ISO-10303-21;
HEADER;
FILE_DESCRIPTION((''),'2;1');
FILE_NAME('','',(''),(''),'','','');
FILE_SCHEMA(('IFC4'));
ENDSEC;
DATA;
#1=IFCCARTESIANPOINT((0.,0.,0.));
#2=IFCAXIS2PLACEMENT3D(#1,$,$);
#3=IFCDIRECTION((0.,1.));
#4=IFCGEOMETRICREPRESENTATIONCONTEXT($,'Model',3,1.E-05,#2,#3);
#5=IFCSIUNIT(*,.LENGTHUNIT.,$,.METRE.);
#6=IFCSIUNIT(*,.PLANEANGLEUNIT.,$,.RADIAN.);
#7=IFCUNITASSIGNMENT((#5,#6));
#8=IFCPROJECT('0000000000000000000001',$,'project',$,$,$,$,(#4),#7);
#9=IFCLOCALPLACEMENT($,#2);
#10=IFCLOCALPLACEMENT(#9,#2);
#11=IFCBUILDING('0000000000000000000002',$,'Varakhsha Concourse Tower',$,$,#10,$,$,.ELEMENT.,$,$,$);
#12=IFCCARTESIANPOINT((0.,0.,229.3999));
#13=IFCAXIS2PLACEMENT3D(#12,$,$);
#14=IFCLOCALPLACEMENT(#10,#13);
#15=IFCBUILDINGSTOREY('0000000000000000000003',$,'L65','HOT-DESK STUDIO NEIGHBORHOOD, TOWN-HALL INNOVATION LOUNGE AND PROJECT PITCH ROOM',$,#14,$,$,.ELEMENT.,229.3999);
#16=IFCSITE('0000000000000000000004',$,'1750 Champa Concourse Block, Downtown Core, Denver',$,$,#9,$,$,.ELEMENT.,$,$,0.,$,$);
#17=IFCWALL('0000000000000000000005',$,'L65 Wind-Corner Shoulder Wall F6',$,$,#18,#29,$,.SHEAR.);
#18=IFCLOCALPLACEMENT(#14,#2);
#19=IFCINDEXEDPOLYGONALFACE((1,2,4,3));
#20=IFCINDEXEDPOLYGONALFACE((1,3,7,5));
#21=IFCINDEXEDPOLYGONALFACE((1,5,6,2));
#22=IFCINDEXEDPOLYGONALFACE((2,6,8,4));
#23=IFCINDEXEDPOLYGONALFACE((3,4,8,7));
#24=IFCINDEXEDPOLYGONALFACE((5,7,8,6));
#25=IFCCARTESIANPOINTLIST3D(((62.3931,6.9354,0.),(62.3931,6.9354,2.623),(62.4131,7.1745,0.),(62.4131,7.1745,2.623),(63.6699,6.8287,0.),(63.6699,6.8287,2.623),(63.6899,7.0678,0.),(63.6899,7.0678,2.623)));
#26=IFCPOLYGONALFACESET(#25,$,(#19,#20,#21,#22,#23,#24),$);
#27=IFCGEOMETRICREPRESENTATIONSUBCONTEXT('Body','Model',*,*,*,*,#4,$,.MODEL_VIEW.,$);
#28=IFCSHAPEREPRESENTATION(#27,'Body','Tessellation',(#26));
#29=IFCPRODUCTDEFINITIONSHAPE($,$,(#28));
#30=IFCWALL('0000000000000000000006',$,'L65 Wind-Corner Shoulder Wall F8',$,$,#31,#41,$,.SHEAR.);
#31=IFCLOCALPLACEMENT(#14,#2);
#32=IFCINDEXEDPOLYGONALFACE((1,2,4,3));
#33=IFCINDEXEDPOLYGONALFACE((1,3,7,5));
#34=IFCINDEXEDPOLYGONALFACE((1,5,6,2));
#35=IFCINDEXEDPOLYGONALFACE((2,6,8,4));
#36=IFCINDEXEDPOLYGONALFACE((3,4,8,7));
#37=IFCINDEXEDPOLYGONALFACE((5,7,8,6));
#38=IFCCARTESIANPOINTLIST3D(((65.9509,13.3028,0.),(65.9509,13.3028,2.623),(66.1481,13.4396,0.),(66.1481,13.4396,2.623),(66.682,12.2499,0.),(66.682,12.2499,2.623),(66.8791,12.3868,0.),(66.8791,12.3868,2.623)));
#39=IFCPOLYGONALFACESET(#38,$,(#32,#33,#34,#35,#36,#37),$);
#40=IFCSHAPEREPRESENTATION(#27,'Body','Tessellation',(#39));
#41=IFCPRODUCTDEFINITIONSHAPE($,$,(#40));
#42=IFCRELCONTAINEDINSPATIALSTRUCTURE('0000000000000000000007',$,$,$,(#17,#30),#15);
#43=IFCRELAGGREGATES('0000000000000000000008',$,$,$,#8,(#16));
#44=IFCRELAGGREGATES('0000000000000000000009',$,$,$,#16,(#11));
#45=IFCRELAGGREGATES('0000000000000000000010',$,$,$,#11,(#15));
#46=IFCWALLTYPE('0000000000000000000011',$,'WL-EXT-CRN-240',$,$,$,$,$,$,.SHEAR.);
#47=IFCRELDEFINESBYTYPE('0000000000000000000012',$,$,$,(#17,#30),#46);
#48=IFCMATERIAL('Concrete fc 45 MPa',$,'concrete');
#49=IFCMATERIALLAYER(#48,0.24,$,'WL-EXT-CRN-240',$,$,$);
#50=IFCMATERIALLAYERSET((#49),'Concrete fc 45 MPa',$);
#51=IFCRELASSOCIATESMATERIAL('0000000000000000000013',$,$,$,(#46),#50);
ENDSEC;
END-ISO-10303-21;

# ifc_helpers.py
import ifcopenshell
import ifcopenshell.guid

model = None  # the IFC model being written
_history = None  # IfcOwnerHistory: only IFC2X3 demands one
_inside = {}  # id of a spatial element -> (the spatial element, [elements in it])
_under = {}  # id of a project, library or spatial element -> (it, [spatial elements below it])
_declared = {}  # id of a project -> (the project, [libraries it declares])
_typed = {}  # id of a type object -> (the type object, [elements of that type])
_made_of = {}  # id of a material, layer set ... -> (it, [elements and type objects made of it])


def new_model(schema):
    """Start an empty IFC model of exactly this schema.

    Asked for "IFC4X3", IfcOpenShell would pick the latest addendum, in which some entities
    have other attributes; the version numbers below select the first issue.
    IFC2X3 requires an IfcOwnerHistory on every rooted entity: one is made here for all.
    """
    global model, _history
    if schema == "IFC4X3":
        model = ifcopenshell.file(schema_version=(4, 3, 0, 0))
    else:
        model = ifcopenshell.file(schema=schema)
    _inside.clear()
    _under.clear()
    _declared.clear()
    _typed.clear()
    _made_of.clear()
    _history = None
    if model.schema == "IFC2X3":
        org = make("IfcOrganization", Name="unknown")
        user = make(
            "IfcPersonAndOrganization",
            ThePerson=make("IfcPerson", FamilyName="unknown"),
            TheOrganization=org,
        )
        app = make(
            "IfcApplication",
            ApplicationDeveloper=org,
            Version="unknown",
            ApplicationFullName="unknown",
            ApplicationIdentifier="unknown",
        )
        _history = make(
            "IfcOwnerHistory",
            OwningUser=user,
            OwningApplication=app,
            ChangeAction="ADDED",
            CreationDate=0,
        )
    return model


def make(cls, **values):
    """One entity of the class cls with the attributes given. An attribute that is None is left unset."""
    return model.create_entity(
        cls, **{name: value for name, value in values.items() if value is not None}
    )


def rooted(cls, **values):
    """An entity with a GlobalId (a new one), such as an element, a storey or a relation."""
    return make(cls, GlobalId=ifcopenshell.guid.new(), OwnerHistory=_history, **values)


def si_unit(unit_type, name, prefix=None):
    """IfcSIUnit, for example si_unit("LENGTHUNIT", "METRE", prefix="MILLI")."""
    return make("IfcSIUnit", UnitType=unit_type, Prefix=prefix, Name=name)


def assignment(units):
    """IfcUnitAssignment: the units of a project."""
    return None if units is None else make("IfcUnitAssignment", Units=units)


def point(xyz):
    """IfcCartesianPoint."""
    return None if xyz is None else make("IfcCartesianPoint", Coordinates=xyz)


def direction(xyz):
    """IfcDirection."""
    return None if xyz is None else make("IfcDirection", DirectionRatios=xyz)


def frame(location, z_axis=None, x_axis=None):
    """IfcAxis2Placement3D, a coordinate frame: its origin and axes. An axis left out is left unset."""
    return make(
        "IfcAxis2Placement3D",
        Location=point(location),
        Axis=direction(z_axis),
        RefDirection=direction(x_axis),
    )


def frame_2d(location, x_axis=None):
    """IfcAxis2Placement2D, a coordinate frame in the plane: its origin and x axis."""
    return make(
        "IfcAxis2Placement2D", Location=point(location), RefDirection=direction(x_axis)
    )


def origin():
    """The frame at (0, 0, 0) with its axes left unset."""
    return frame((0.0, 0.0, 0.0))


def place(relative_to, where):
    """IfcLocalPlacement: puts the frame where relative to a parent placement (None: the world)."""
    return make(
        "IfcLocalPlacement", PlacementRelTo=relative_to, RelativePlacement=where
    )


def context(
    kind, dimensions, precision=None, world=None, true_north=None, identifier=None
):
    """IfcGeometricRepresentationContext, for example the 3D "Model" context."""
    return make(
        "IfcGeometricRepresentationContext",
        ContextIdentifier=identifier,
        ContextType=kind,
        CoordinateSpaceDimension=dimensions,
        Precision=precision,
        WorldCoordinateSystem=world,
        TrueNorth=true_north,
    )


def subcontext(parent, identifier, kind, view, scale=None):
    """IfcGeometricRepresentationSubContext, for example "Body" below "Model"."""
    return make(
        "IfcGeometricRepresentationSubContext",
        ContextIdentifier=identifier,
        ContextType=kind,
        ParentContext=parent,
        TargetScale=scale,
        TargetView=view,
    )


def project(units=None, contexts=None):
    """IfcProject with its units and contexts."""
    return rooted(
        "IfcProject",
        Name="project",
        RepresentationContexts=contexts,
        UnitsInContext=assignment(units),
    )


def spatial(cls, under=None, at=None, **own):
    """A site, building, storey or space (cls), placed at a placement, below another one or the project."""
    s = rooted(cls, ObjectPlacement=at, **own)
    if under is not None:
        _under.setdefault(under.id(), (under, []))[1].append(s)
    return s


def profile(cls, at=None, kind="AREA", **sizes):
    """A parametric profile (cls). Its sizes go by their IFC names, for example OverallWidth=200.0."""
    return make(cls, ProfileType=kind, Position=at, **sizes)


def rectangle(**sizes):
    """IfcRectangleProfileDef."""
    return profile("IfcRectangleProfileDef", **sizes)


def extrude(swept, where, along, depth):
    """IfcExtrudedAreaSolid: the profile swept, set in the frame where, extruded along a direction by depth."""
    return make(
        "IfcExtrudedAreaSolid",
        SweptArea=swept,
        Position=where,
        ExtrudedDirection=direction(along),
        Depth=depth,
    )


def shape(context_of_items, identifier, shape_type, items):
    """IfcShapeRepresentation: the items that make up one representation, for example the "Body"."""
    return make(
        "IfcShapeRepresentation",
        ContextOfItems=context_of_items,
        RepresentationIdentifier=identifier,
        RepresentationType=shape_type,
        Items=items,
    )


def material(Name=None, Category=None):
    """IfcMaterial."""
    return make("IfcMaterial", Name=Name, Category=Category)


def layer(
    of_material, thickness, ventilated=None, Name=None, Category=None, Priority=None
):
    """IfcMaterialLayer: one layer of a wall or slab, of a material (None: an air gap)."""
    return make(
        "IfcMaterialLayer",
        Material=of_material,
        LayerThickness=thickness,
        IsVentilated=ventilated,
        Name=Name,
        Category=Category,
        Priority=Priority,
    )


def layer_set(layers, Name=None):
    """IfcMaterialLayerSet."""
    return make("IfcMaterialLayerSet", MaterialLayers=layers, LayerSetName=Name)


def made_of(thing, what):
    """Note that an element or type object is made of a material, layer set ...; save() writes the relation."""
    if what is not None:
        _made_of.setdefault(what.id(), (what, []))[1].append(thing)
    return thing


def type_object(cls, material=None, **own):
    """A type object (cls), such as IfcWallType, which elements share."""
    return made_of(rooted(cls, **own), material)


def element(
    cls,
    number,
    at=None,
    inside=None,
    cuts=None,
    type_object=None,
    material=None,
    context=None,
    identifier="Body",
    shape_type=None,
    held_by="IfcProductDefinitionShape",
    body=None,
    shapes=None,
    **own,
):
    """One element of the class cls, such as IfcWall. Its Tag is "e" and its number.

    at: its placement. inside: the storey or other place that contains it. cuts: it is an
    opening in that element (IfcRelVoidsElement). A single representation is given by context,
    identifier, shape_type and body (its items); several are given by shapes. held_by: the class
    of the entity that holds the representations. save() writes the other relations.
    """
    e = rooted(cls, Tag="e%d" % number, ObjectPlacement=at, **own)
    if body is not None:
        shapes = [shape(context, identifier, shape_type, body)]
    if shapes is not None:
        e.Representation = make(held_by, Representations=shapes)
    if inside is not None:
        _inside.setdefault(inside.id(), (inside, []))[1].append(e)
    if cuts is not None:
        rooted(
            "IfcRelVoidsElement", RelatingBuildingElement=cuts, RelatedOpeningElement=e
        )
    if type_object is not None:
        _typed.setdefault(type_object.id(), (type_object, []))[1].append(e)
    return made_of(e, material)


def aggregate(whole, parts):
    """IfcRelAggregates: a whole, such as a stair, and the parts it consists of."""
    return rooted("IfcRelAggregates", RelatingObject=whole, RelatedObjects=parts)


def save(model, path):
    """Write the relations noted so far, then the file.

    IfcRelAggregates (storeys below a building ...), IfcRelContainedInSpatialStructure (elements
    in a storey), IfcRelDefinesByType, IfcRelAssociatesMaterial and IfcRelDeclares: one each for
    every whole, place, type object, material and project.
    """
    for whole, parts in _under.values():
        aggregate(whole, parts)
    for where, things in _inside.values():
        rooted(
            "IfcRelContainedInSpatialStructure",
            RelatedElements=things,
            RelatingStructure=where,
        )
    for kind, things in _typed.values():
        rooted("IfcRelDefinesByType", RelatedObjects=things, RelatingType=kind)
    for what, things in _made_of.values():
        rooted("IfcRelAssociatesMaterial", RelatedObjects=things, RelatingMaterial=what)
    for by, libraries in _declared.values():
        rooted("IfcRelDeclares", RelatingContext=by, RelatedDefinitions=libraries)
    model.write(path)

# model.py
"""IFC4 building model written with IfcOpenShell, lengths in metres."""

from ifc_helpers import new_model, si_unit, direction, frame, frame_2d, origin, place, context, subcontext, project, spatial, rectangle, extrude, material, layer, layer_set, type_object, element, save


model = new_model("IFC4")

# Units and contexts
model_context = context("Model", 3, precision=1e-05, world=origin(), true_north=direction((0.0, 1.0)))
body_context = subcontext(model_context, "Body", "Model", "MODEL_VIEW")
ifc_project = project(units=[si_unit("LENGTHUNIT", "METRE"), si_unit("PLANEANGLEUNIT", "RADIAN")], contexts=[model_context])

# Site, building, storey
site_placement = place(None, origin())
site = spatial("IfcSite", under=ifc_project, at=site_placement, Name="1750 Champa Concourse Block, Downtown Core, Denver", CompositionType="ELEMENT", RefElevation=0.0)
building_placement = place(site_placement, origin())
building = spatial("IfcBuilding", under=site, at=building_placement, Name="Varakhsha Concourse Tower", CompositionType="ELEMENT")
storey_placement = place(building_placement, frame((0.0, 0.0, 229.3999)))
storey = spatial("IfcBuildingStorey", under=building, at=storey_placement, Name="L65", Description="HOT-DESK STUDIO NEIGHBORHOOD, TOWN-HALL INNOVATION LOUNGE AND PROJECT PITCH ROOM", CompositionType="ELEMENT", Elevation=229.3999)

# Walls
ifc_material_1 = material(Name="Concrete fc 45 MPa", Category="concrete")
ifc_layer_1 = layer(ifc_material_1, 0.24, Name="WL-EXT-CRN-240")
ifc_layer_set_1 = layer_set([ifc_layer_1], Name="Concrete fc 45 MPa")
wall_type = type_object("IfcWallType", Name="WL-EXT-CRN-240", PredefinedType="SHEAR", material=ifc_layer_set_1)
wall_1_placement = place(storey_placement, frame((62.4031, 7.0549, 0.0), z_axis=(0.0, 0.0, 1.0), x_axis=(0.996527, -0.083266, 0.0)))
element("IfcWall", 1, at=wall_1_placement, inside=storey, type_object=wall_type, Name="L65 Wind-Corner Shoulder Wall F6", PredefinedType="SHEAR", context=body_context, shape_type="SweptSolid", body=[
    extrude(rectangle(XDim=1.2812, YDim=0.24, at=frame_2d((0.6406, 0.0))), origin(), (0.0, 0.0, 1.0), 2.623),
])
wall_2_placement = place(storey_placement, frame((66.7805, 12.3184, 0.0), z_axis=(0.0, 0.0, 1.0), x_axis=(-0.570339, 0.82141, 0.0)))
element("IfcWall", 2, at=wall_2_placement, inside=storey, type_object=wall_type, Name="L65 Wind-Corner Shoulder Wall F8", PredefinedType="SHEAR", context=body_context, shape_type="SweptSolid", body=[
    extrude(rectangle(XDim=1.2817, YDim=0.24, at=frame_2d((0.6409, 0.0))), origin(), (0.0, 0.0, 1.0), 2.623),
])

save(model, "model.ifc")
